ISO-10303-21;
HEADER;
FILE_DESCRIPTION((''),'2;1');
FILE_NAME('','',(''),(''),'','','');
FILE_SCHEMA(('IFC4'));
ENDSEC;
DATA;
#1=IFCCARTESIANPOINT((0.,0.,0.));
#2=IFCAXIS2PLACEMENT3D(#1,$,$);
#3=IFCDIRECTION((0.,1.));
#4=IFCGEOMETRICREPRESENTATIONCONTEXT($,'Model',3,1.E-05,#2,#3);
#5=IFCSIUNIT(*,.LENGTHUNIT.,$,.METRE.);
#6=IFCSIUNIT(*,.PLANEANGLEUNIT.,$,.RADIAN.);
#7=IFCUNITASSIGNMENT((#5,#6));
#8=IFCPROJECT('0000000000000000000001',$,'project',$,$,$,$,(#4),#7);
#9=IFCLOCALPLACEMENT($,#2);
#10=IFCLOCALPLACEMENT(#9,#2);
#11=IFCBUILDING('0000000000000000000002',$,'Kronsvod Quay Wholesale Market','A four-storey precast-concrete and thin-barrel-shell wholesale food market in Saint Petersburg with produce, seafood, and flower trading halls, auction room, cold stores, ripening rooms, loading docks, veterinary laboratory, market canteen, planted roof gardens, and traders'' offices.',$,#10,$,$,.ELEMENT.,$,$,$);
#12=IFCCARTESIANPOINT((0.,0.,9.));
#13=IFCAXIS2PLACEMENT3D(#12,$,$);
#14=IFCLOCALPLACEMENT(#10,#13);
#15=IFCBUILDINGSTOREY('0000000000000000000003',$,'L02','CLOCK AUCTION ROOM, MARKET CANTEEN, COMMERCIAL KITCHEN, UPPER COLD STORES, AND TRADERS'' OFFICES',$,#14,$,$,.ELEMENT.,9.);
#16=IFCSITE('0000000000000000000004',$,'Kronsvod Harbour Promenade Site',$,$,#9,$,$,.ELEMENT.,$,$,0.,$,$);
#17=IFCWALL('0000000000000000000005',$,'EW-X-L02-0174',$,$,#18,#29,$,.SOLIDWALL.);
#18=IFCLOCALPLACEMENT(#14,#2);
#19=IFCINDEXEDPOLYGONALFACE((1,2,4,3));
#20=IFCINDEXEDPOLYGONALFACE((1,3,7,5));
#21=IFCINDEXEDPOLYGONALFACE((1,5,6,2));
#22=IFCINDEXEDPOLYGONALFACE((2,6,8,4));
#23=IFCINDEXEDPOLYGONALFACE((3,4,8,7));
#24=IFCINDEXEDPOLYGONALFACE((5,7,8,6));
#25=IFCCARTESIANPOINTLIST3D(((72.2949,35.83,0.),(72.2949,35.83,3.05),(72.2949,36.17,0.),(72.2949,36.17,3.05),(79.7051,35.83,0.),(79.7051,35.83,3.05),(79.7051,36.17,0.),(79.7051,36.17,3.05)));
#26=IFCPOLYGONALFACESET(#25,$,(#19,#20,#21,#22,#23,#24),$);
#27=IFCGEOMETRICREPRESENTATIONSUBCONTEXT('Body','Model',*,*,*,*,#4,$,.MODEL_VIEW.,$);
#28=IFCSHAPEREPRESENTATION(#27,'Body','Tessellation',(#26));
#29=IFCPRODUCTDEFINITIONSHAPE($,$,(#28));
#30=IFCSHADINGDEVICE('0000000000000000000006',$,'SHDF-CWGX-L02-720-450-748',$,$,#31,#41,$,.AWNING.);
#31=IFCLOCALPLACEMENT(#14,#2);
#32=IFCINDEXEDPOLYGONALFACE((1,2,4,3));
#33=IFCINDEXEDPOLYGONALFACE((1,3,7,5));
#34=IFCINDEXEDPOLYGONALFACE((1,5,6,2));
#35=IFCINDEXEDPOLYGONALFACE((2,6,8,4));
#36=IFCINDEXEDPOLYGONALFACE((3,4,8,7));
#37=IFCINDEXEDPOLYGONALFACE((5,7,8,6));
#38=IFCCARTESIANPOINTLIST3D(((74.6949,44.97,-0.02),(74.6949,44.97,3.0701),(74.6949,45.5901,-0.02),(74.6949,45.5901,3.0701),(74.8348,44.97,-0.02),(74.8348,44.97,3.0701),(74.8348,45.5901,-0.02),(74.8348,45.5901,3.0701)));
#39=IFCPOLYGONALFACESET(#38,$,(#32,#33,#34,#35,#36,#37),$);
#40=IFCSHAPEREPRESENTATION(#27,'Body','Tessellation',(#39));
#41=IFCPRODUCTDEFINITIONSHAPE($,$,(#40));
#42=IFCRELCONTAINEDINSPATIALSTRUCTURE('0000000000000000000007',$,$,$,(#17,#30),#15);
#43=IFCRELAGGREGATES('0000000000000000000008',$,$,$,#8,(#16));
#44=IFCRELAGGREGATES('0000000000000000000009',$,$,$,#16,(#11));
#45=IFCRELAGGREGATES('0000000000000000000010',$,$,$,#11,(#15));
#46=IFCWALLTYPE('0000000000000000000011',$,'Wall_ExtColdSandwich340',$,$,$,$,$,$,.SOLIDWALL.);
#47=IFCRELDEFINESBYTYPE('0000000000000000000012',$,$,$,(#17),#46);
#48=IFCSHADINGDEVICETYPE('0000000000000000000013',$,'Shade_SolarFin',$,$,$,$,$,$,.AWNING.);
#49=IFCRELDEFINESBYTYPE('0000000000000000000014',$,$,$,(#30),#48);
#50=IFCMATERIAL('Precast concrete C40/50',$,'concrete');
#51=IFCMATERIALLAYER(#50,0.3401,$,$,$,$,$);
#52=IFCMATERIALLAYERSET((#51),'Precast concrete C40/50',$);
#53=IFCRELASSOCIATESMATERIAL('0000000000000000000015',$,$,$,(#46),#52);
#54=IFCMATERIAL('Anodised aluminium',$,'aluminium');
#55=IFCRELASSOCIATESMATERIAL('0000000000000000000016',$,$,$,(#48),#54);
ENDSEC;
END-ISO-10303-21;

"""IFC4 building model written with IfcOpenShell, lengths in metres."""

from ifc_helpers import new_model, si_unit, direction, frame, frame_2d, origin, origin_2d, place, context, subcontext, project, spatial, rectangle, extrude, material, layer, layer_set, type_object, element, save


model = new_model("IFC4")

# Units and contexts
model_context = context("Model", 3, precision=1e-05, world=origin(), true_north=direction((0.0, 1.0)))
body_context = subcontext(model_context, "Body", "Model", "MODEL_VIEW")
ifc_project = project(units=[si_unit("LENGTHUNIT", "METRE"), si_unit("PLANEANGLEUNIT", "RADIAN")], contexts=[model_context])

# Site, building, storey
site_placement = place(None, origin())
site = spatial("IfcSite", under=ifc_project, at=site_placement, Name="Kronsvod Harbour Promenade Site", CompositionType="ELEMENT", RefElevation=0.0)
building_placement = place(site_placement, origin())
building = spatial("IfcBuilding", under=site, at=building_placement, Name="Kronsvod Quay Wholesale Market", Description="A four-storey precast-concrete and thin-barrel-shell wholesale food market in Saint Petersburg with produce, seafood, and flower trading halls, auction room, cold stores, ripening rooms, loading docks, veterinary laboratory, market canteen, planted roof gardens, and traders' offices.", CompositionType="ELEMENT")
storey_placement = place(building_placement, frame((0.0, 0.0, 9.0)))
storey = spatial("IfcBuildingStorey", under=building, at=storey_placement, Name="L02", Description="CLOCK AUCTION ROOM, MARKET CANTEEN, COMMERCIAL KITCHEN, UPPER COLD STORES, AND TRADERS' OFFICES", CompositionType="ELEMENT", Elevation=9.0)

# Wall
ifc_material_1 = material(Name="Precast concrete C40/50", Category="concrete")
ifc_layer_1 = layer(ifc_material_1, 0.3401)
ifc_layer_set_1 = layer_set([ifc_layer_1], Name="Precast concrete C40/50")
wall_type_1 = type_object("IfcWallType", Name="Wall_ExtColdSandwich340", PredefinedType="SOLIDWALL", material=ifc_layer_set_1)
wall_1_placement = place(storey_placement, frame((72.2949, 36.0, 0.0), z_axis=(0.0, 0.0, 1.0), x_axis=(1.0, 0.0, 0.0)))
element("IfcWall", 1, at=wall_1_placement, inside=storey, type_object=wall_type_1, Name="EW-X-L02-0174", PredefinedType="SOLIDWALL", context=body_context, shape_type="SweptSolid", body=[
    extrude(rectangle(XDim=7.4102, YDim=0.3401, at=frame_2d((3.7051, 0.0))), origin(), (0.0, 0.0, 1.0), 3.05),
])

# Shading device
ifc_material_2 = material(Name="Anodised aluminium", Category="aluminium")
shading_device_type = type_object("IfcShadingDeviceType", Name="Shade_SolarFin", PredefinedType="AWNING", material=ifc_material_2)
shading_device_placement = place(storey_placement, frame((74.7649, 45.28, -0.02), z_axis=(0.0, 0.0, 1.0), x_axis=(1.0, 0.0, 0.0)))
element("IfcShadingDevice", 2, at=shading_device_placement, inside=storey, type_object=shading_device_type, Name="SHDF-CWGX-L02-720-450-748", PredefinedType="AWNING", context=body_context, shape_type="SweptSolid", body=[
    extrude(rectangle(XDim=0.1399, YDim=0.6201, at=origin_2d()), origin(), (0.0, 0.0, 1.0), 3.0901),
])

save(model, "model.ifc")
